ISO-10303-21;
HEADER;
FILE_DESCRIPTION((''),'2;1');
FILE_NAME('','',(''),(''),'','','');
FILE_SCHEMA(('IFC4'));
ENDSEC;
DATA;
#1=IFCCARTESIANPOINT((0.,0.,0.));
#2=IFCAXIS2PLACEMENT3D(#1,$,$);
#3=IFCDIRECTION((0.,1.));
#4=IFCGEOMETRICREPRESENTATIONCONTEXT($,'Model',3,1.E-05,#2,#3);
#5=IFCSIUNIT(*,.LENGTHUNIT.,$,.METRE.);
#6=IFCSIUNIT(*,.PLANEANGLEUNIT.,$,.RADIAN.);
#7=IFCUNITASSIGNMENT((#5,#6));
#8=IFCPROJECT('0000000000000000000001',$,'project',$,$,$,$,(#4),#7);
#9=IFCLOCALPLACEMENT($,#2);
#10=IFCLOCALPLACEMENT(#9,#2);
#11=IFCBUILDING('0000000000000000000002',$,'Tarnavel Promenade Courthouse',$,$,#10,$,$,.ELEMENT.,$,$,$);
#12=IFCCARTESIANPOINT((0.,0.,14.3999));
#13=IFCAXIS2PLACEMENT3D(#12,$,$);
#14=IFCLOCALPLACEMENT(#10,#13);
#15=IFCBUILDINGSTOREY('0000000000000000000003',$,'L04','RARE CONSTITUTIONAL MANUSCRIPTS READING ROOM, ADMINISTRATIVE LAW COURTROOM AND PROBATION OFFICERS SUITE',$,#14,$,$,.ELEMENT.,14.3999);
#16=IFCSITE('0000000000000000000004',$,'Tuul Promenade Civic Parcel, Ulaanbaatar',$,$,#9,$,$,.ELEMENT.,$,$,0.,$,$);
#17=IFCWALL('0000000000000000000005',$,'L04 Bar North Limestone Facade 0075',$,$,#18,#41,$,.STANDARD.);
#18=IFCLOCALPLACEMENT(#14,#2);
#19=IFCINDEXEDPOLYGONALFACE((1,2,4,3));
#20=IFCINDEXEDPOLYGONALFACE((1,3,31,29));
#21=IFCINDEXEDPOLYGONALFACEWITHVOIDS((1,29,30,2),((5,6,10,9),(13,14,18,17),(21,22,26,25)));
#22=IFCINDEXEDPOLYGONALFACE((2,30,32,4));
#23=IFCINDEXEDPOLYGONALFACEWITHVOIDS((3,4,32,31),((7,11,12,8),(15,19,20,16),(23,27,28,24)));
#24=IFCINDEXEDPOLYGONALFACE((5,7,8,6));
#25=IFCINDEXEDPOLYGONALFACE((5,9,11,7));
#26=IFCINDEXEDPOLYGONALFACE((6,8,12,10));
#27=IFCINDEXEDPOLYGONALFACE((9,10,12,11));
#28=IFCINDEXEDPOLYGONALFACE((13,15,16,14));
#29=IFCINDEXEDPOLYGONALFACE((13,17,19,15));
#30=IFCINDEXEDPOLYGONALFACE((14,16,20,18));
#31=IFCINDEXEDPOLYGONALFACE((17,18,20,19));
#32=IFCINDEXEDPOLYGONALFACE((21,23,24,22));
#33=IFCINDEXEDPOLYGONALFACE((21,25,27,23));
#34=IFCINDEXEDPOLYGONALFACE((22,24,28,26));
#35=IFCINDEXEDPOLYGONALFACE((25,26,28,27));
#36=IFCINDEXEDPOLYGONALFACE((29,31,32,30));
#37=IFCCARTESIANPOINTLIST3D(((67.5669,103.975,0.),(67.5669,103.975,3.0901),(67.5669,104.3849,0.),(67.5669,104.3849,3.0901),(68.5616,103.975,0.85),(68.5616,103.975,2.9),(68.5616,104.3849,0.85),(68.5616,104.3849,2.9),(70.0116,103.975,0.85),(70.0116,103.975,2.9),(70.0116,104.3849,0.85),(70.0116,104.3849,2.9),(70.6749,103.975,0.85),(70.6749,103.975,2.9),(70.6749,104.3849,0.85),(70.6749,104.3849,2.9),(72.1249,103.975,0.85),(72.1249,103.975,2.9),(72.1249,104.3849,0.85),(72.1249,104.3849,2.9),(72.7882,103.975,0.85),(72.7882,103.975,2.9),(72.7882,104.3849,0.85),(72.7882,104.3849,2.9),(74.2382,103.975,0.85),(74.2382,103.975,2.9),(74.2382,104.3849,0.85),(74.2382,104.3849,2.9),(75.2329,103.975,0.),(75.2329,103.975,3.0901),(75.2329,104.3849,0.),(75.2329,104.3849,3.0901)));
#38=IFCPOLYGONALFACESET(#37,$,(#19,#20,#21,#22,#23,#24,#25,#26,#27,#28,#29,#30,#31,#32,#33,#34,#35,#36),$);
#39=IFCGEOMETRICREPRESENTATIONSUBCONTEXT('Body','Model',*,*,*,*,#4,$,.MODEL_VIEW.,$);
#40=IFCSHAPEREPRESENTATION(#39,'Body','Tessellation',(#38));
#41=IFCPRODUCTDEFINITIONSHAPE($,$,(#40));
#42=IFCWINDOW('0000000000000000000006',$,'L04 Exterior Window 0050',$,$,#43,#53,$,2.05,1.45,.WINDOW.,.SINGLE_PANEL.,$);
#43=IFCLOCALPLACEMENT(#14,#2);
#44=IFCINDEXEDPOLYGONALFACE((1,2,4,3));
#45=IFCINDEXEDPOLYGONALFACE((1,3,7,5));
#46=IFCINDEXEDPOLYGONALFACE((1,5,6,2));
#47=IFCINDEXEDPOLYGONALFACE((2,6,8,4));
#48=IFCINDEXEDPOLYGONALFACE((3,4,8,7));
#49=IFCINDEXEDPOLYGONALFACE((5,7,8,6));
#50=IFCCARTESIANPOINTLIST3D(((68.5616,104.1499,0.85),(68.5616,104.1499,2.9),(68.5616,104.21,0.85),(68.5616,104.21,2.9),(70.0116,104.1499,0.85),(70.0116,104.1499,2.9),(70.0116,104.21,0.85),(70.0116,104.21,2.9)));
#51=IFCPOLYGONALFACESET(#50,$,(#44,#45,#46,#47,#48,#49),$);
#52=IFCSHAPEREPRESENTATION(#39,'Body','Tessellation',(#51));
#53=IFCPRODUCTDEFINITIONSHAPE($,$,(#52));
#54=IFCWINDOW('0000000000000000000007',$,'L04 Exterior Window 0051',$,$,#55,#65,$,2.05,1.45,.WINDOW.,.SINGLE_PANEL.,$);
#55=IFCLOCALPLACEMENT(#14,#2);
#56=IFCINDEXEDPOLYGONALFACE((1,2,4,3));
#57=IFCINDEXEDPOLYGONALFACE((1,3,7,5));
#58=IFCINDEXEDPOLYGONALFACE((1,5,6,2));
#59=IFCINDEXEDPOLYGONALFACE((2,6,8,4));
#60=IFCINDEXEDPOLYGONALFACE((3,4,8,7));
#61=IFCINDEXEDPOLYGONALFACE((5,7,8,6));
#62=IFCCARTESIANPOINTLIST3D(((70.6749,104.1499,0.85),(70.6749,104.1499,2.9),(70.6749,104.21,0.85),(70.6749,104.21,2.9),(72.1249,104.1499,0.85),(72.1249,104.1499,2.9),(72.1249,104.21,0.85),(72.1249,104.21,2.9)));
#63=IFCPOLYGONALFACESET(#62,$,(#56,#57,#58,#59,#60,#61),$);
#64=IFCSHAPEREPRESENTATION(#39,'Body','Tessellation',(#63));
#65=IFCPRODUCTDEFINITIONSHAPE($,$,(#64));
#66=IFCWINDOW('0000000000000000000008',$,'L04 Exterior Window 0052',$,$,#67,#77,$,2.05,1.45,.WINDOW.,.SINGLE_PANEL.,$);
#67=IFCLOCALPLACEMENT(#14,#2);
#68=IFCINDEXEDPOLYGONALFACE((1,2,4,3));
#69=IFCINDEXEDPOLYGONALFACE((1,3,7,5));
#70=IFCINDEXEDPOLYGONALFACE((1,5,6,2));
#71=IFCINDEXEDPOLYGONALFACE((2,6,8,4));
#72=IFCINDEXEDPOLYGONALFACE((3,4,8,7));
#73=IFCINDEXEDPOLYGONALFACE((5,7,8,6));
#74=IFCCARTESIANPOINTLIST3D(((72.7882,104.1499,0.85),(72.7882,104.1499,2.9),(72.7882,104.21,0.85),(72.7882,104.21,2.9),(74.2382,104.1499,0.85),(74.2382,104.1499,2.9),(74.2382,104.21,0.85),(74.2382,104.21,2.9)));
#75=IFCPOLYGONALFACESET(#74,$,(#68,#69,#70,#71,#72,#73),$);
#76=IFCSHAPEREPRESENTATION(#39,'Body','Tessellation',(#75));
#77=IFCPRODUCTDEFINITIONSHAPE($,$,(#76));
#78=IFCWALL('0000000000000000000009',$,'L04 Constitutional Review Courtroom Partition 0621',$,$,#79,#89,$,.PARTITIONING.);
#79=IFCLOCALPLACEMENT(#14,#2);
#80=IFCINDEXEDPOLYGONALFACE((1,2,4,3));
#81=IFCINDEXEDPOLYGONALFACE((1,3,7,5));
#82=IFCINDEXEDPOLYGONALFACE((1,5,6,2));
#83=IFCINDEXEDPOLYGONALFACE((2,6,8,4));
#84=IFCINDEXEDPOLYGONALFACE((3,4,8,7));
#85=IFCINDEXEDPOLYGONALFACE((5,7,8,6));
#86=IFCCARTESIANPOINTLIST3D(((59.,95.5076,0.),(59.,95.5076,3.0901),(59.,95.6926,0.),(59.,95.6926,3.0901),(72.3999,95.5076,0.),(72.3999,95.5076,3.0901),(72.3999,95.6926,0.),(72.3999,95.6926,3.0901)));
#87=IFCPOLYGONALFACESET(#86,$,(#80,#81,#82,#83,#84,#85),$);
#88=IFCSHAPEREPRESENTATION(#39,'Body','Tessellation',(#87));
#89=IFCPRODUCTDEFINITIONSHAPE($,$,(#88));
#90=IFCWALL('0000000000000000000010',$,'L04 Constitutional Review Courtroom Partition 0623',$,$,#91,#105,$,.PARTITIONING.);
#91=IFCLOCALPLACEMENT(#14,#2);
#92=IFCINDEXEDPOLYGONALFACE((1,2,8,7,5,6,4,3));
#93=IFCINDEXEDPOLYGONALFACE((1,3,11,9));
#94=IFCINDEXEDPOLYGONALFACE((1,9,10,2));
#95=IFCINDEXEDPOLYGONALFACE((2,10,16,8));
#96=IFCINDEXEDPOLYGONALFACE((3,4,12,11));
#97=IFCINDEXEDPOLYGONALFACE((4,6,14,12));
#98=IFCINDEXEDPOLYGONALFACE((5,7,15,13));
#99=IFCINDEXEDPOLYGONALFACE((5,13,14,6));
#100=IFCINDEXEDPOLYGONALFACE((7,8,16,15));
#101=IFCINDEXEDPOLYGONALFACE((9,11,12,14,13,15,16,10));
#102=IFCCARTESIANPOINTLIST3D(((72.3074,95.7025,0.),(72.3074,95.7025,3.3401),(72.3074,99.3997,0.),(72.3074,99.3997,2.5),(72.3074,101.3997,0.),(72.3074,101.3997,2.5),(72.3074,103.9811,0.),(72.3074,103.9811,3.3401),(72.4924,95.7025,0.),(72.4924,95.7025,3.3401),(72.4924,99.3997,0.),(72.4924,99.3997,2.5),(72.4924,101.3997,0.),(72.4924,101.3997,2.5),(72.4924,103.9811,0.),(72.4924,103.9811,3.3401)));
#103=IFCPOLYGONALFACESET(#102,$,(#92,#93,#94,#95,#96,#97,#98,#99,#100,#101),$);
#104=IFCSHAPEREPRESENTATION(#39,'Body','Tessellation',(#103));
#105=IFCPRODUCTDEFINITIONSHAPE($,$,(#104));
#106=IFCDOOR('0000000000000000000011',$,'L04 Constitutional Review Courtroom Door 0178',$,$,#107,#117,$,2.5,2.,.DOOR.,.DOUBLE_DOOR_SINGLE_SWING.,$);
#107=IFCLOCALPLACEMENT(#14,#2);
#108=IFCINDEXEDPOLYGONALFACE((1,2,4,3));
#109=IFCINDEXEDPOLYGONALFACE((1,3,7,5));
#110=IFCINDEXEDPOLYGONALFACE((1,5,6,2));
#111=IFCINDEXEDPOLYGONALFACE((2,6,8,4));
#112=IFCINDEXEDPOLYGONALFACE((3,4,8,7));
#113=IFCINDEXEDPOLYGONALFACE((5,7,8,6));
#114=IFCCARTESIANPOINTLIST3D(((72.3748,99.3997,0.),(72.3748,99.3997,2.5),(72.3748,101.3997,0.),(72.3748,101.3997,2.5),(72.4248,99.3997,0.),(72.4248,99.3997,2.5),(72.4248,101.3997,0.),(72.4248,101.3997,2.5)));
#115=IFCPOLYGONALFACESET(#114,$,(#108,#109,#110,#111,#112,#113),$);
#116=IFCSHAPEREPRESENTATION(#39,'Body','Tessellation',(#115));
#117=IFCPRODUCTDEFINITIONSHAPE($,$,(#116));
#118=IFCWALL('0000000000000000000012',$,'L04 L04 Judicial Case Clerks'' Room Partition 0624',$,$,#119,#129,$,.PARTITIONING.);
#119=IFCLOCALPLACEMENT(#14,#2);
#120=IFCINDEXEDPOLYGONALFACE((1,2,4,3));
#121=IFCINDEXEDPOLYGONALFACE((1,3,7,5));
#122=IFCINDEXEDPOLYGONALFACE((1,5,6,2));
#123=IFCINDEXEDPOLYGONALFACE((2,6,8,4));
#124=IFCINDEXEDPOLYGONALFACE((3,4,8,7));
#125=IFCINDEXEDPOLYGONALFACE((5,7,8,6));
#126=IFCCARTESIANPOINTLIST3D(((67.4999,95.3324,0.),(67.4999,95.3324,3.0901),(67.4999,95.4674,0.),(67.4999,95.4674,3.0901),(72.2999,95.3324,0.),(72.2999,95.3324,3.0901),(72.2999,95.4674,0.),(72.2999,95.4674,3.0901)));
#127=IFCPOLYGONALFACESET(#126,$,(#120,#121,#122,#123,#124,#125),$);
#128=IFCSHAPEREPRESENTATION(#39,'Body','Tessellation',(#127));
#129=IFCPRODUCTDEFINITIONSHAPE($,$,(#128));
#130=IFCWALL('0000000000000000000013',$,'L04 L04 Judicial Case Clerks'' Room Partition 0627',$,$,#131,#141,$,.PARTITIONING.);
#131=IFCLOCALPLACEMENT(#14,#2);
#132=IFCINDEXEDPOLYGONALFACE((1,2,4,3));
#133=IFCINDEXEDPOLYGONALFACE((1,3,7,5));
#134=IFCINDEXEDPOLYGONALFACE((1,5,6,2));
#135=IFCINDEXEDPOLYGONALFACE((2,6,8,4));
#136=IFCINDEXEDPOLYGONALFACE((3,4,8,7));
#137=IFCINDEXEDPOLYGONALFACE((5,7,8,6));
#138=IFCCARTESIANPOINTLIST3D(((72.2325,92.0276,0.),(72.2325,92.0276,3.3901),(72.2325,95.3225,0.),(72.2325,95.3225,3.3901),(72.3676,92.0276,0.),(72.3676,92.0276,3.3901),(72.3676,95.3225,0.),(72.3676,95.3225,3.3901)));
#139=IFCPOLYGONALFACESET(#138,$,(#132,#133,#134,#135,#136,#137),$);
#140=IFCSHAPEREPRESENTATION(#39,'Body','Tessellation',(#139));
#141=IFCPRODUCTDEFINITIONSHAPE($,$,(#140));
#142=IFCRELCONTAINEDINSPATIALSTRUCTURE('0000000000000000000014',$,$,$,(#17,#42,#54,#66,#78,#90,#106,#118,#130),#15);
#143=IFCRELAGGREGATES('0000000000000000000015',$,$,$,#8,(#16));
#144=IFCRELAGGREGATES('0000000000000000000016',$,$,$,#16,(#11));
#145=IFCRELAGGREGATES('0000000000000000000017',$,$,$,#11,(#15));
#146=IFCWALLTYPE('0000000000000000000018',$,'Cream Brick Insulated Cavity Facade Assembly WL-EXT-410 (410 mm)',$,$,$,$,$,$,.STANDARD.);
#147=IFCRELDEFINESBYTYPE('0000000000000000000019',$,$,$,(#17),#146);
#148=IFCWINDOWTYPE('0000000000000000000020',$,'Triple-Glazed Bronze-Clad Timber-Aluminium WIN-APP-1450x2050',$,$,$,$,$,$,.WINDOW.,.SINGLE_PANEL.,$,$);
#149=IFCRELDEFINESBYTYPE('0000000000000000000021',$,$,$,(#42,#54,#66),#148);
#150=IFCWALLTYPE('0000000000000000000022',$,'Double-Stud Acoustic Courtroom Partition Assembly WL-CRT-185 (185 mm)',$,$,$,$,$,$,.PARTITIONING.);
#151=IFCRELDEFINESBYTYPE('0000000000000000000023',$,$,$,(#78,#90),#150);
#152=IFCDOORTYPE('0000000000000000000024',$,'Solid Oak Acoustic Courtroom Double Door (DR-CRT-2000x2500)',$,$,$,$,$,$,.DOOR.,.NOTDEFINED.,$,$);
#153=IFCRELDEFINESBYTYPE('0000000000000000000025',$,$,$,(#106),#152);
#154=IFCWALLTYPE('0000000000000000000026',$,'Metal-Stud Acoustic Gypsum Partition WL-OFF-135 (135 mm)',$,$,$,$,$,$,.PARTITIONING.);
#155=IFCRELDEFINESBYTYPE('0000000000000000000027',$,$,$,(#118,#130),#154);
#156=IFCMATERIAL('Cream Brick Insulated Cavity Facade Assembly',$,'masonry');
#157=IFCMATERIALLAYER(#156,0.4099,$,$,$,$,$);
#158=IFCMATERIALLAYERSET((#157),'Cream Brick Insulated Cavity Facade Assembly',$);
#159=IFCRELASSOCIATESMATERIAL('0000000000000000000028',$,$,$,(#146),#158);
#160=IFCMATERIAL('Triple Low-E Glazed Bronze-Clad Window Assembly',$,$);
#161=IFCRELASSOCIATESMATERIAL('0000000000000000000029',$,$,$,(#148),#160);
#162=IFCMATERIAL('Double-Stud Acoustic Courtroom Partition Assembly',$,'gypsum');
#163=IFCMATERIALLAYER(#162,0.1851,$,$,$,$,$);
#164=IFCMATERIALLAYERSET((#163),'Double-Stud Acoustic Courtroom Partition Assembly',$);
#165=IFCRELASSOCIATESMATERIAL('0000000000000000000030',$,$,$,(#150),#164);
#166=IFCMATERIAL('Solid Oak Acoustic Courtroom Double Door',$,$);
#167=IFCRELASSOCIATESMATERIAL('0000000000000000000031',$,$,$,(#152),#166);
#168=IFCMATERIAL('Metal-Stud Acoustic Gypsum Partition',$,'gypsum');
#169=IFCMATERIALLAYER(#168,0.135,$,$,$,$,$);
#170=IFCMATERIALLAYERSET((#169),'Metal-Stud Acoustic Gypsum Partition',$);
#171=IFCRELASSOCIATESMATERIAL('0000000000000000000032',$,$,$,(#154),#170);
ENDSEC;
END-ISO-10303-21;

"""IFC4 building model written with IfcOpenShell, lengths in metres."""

from ifc_helpers import new_model, si_unit, direction, frame, frame_2d, origin, place, context, subcontext, project, spatial, rectangle, extrude, material, layer, layer_set, type_object, element, fill, save


model = new_model("IFC4")

# Units and contexts
model_context = context("Model", 3, precision=1e-05, world=origin(), true_north=direction((0.0, 1.0)))
body_context = subcontext(model_context, "Body", "Model", "MODEL_VIEW")
ifc_project = project(units=[si_unit("LENGTHUNIT", "METRE"), si_unit("PLANEANGLEUNIT", "RADIAN")], contexts=[model_context])

# Site, building, storey
site_placement = place(None, origin())
site = spatial("IfcSite", under=ifc_project, at=site_placement, Name="Tuul Promenade Civic Parcel, Ulaanbaatar", CompositionType="ELEMENT", RefElevation=0.0)
building_placement = place(site_placement, origin())
building = spatial("IfcBuilding", under=site, at=building_placement, Name="Tarnavel Promenade Courthouse", CompositionType="ELEMENT")
storey_placement = place(building_placement, frame((0.0, 0.0, 14.3999)))
storey = spatial("IfcBuildingStorey", under=building, at=storey_placement, Name="L04", Description="RARE CONSTITUTIONAL MANUSCRIPTS READING ROOM, ADMINISTRATIVE LAW COURTROOM AND PROBATION OFFICERS SUITE", CompositionType="ELEMENT", Elevation=14.3999)

# Shared definitions
ifc_material_1 = material(Name="Triple Low-E Glazed Bronze-Clad Window Assembly")

# Wall, openings, windows
ifc_material_2 = material(Name="Cream Brick Insulated Cavity Facade Assembly", Category="masonry")
ifc_layer_1 = layer(ifc_material_2, 0.4099)
ifc_layer_set_1 = layer_set([ifc_layer_1], Name="Cream Brick Insulated Cavity Facade Assembly")
wall_type_1 = type_object("IfcWallType", Name="Cream Brick Insulated Cavity Facade Assembly WL-EXT-410 (410 mm)", PredefinedType="STANDARD", material=ifc_layer_set_1)
wall_1_placement = place(storey_placement, frame((67.5669, 104.1799, 0.0), z_axis=(0.0, 0.0, 1.0), x_axis=(1.0, 0.0, 0.0)))
wall_1 = element("IfcWall", 1, at=wall_1_placement, inside=storey, type_object=wall_type_1, Name="L04 Bar North Limestone Facade 0075", PredefinedType="STANDARD", context=body_context, shape_type="SweptSolid", body=[
    extrude(rectangle(XDim=7.666, YDim=0.4099, at=frame_2d((3.833, 0.0))), origin(), (0.0, 0.0, 1.0), 3.0901),
])
opening_1_placement = place(wall_1_placement, frame((0.9946, 0.0, 0.8501)))
opening_1 = element("IfcOpeningElement", 2, at=opening_1_placement, cuts=wall_1, PredefinedType="OPENING", context=body_context, shape_type="SweptSolid", body=[
    extrude(rectangle(XDim=1.45, YDim=2.05, at=frame_2d((0.7251, 1.0249))), frame((0.0, 0.2148, 0.0), z_axis=(0.0, -1.0, 0.0), x_axis=(1.0, 0.0, 0.0)), (0.0, 0.0, 1.0), 0.4299),
])
opening_2_placement = place(wall_1_placement, frame((3.1079, 0.0, 0.8501)))
opening_2 = element("IfcOpeningElement", 3, at=opening_2_placement, cuts=wall_1, PredefinedType="OPENING", context=body_context, shape_type="SweptSolid", body=[
    extrude(rectangle(XDim=1.45, YDim=2.05, at=frame_2d((0.7251, 1.0249))), frame((0.0, 0.2148, 0.0), z_axis=(0.0, -1.0, 0.0), x_axis=(1.0, 0.0, 0.0)), (0.0, 0.0, 1.0), 0.4299),
])
opening_3_placement = place(wall_1_placement, frame((5.2212, 0.0, 0.8501)))
opening_3 = element("IfcOpeningElement", 4, at=opening_3_placement, cuts=wall_1, PredefinedType="OPENING", context=body_context, shape_type="SweptSolid", body=[
    extrude(rectangle(XDim=1.45, YDim=2.05, at=frame_2d((0.7251, 1.0249))), frame((0.0, 0.2148, 0.0), z_axis=(0.0, -1.0, 0.0), x_axis=(1.0, 0.0, 0.0)), (0.0, 0.0, 1.0), 0.4299),
])
window_type_1 = type_object("IfcWindowType", Name="Triple-Glazed Bronze-Clad Timber-Aluminium WIN-APP-1450x2050", PartitioningType="SINGLE_PANEL", PredefinedType="WINDOW", material=ifc_material_1)
window_1_placement = place(opening_1_placement, origin())
window_1 = element("IfcWindow", 5, at=window_1_placement, inside=storey, type_object=window_type_1, Name="L04 Exterior Window 0050", OverallHeight=2.05, OverallWidth=1.45, PartitioningType="SINGLE_PANEL", PredefinedType="WINDOW", context=body_context, shape_type="SweptSolid", body=[
    extrude(rectangle(XDim=1.45, YDim=2.05, at=frame_2d((0.7251, 1.0249))), frame((0.0, 0.03, 0.0), z_axis=(0.0, -1.0, 0.0), x_axis=(1.0, 0.0, 0.0)), (0.0, 0.0, 1.0), 0.0601),
])
fill(opening_1, window_1)
window_2_placement = place(opening_2_placement, origin())
window_2 = element("IfcWindow", 6, at=window_2_placement, inside=storey, type_object=window_type_1, Name="L04 Exterior Window 0051", OverallHeight=2.05, OverallWidth=1.45, PartitioningType="SINGLE_PANEL", PredefinedType="WINDOW", context=body_context, shape_type="SweptSolid", body=[
    extrude(rectangle(XDim=1.45, YDim=2.05, at=frame_2d((0.7251, 1.0249))), frame((0.0, 0.03, 0.0), z_axis=(0.0, -1.0, 0.0), x_axis=(1.0, 0.0, 0.0)), (0.0, 0.0, 1.0), 0.0601),
])
fill(opening_2, window_2)
window_3_placement = place(opening_3_placement, origin())
window_3 = element("IfcWindow", 7, at=window_3_placement, inside=storey, type_object=window_type_1, Name="L04 Exterior Window 0052", OverallHeight=2.05, OverallWidth=1.45, PartitioningType="SINGLE_PANEL", PredefinedType="WINDOW", context=body_context, shape_type="SweptSolid", body=[
    extrude(rectangle(XDim=1.45, YDim=2.05, at=frame_2d((0.7251, 1.0249))), frame((0.0, 0.03, 0.0), z_axis=(0.0, -1.0, 0.0), x_axis=(1.0, 0.0, 0.0)), (0.0, 0.0, 1.0), 0.0601),
])
fill(opening_3, window_3)

# Wall
ifc_material_3 = material(Name="Double-Stud Acoustic Courtroom Partition Assembly", Category="gypsum")
ifc_layer_2 = layer(ifc_material_3, 0.1851)
ifc_layer_set_2 = layer_set([ifc_layer_2], Name="Double-Stud Acoustic Courtroom Partition Assembly")
wall_type_2 = type_object("IfcWallType", Name="Double-Stud Acoustic Courtroom Partition Assembly WL-CRT-185 (185 mm)", PredefinedType="PARTITIONING", material=ifc_layer_set_2)
wall_2_placement = place(storey_placement, frame((72.3999, 95.6001, 0.0), z_axis=(0.0, 0.0, 1.0), x_axis=(-1.0, 0.0, 0.0)))
element("IfcWall", 8, at=wall_2_placement, inside=storey, type_object=wall_type_2, Name="L04 Constitutional Review Courtroom Partition 0621", PredefinedType="PARTITIONING", context=body_context, shape_type="SweptSolid", body=[
    extrude(rectangle(XDim=13.3999, YDim=0.1851, at=frame_2d((6.7, 0.0))), origin(), (0.0, 0.0, 1.0), 3.0901),
])

# Wall, opening, door
wall_3_placement = place(storey_placement, frame((72.3999, 103.981, 0.0), z_axis=(0.0, 0.0, 1.0), x_axis=(0.0, -1.0, 0.0)))
wall_3 = element("IfcWall", 9, at=wall_3_placement, inside=storey, type_object=wall_type_2, Name="L04 Constitutional Review Courtroom Partition 0623", PredefinedType="PARTITIONING", context=body_context, shape_type="SweptSolid", body=[
    extrude(rectangle(XDim=8.2786, YDim=0.1851, at=frame_2d((4.1392, 0.0))), origin(), (0.0, 0.0, 1.0), 3.3401),
])
opening_4_placement = place(wall_3_placement, frame((2.5813, 0.0, 0.0)))
opening_4 = element("IfcOpeningElement", 10, at=opening_4_placement, cuts=wall_3, PredefinedType="OPENING", context=body_context, shape_type="SweptSolid", body=[
    extrude(rectangle(XDim=2.0, YDim=2.5, at=frame_2d((1.0, 1.25))), frame((0.0, 0.1025, 0.0), z_axis=(0.0, -1.0, 0.0), x_axis=(1.0, 0.0, 0.0)), (0.0, 0.0, 1.0), 0.2051),
])
ifc_material_4 = material(Name="Solid Oak Acoustic Courtroom Double Door")
door_type_1 = type_object("IfcDoorType", Name="Solid Oak Acoustic Courtroom Double Door (DR-CRT-2000x2500)", OperationType="NOTDEFINED", PredefinedType="DOOR", material=ifc_material_4)
door_1_placement = place(opening_4_placement, origin())
door_1 = element("IfcDoor", 11, at=door_1_placement, inside=storey, type_object=door_type_1, Name="L04 Constitutional Review Courtroom Door 0178", OperationType="DOUBLE_DOOR_SINGLE_SWING", OverallHeight=2.5, OverallWidth=2.0, PredefinedType="DOOR", context=body_context, shape_type="SweptSolid", body=[
    extrude(rectangle(XDim=2.0, YDim=2.5, at=frame_2d((1.0, 1.25))), frame((0.0, 0.0249, 0.0), z_axis=(0.0, -1.0, 0.0), x_axis=(1.0, 0.0, 0.0)), (0.0, 0.0, 1.0), 0.05),
])
fill(opening_4, door_1)

# Walls
ifc_material_5 = material(Name="Metal-Stud Acoustic Gypsum Partition", Category="gypsum")
ifc_layer_3 = layer(ifc_material_5, 0.135)
ifc_layer_set_3 = layer_set([ifc_layer_3], Name="Metal-Stud Acoustic Gypsum Partition")
wall_type_3 = type_object("IfcWallType", Name="Metal-Stud Acoustic Gypsum Partition WL-OFF-135 (135 mm)", PredefinedType="PARTITIONING", material=ifc_layer_set_3)
wall_4_placement = place(storey_placement, frame((67.5, 95.3999, 0.0), z_axis=(0.0, 0.0, 1.0), x_axis=(1.0, 0.0, 0.0)))
element("IfcWall", 12, at=wall_4_placement, inside=storey, type_object=wall_type_3, Name="L04 L04 Judicial Case Clerks' Room Partition 0624", PredefinedType="PARTITIONING", context=body_context, shape_type="SweptSolid", body=[
    extrude(rectangle(XDim=4.8, YDim=0.135, at=frame_2d((2.3999, 0.0))), origin(), (0.0, 0.0, 1.0), 3.0901),
])
wall_5_placement = place(storey_placement, frame((72.3, 95.3225, 0.0), z_axis=(0.0, 0.0, 1.0), x_axis=(0.0, -1.0, 0.0)))
element("IfcWall", 13, at=wall_5_placement, inside=storey, type_object=wall_type_3, Name="L04 L04 Judicial Case Clerks' Room Partition 0627", PredefinedType="PARTITIONING", context=body_context, shape_type="SweptSolid", body=[
    extrude(rectangle(XDim=3.2949, YDim=0.135, at=frame_2d((1.6475, 0.0))), origin(), (0.0, 0.0, 1.0), 3.3901),
])

save(model, "model.ifc")
